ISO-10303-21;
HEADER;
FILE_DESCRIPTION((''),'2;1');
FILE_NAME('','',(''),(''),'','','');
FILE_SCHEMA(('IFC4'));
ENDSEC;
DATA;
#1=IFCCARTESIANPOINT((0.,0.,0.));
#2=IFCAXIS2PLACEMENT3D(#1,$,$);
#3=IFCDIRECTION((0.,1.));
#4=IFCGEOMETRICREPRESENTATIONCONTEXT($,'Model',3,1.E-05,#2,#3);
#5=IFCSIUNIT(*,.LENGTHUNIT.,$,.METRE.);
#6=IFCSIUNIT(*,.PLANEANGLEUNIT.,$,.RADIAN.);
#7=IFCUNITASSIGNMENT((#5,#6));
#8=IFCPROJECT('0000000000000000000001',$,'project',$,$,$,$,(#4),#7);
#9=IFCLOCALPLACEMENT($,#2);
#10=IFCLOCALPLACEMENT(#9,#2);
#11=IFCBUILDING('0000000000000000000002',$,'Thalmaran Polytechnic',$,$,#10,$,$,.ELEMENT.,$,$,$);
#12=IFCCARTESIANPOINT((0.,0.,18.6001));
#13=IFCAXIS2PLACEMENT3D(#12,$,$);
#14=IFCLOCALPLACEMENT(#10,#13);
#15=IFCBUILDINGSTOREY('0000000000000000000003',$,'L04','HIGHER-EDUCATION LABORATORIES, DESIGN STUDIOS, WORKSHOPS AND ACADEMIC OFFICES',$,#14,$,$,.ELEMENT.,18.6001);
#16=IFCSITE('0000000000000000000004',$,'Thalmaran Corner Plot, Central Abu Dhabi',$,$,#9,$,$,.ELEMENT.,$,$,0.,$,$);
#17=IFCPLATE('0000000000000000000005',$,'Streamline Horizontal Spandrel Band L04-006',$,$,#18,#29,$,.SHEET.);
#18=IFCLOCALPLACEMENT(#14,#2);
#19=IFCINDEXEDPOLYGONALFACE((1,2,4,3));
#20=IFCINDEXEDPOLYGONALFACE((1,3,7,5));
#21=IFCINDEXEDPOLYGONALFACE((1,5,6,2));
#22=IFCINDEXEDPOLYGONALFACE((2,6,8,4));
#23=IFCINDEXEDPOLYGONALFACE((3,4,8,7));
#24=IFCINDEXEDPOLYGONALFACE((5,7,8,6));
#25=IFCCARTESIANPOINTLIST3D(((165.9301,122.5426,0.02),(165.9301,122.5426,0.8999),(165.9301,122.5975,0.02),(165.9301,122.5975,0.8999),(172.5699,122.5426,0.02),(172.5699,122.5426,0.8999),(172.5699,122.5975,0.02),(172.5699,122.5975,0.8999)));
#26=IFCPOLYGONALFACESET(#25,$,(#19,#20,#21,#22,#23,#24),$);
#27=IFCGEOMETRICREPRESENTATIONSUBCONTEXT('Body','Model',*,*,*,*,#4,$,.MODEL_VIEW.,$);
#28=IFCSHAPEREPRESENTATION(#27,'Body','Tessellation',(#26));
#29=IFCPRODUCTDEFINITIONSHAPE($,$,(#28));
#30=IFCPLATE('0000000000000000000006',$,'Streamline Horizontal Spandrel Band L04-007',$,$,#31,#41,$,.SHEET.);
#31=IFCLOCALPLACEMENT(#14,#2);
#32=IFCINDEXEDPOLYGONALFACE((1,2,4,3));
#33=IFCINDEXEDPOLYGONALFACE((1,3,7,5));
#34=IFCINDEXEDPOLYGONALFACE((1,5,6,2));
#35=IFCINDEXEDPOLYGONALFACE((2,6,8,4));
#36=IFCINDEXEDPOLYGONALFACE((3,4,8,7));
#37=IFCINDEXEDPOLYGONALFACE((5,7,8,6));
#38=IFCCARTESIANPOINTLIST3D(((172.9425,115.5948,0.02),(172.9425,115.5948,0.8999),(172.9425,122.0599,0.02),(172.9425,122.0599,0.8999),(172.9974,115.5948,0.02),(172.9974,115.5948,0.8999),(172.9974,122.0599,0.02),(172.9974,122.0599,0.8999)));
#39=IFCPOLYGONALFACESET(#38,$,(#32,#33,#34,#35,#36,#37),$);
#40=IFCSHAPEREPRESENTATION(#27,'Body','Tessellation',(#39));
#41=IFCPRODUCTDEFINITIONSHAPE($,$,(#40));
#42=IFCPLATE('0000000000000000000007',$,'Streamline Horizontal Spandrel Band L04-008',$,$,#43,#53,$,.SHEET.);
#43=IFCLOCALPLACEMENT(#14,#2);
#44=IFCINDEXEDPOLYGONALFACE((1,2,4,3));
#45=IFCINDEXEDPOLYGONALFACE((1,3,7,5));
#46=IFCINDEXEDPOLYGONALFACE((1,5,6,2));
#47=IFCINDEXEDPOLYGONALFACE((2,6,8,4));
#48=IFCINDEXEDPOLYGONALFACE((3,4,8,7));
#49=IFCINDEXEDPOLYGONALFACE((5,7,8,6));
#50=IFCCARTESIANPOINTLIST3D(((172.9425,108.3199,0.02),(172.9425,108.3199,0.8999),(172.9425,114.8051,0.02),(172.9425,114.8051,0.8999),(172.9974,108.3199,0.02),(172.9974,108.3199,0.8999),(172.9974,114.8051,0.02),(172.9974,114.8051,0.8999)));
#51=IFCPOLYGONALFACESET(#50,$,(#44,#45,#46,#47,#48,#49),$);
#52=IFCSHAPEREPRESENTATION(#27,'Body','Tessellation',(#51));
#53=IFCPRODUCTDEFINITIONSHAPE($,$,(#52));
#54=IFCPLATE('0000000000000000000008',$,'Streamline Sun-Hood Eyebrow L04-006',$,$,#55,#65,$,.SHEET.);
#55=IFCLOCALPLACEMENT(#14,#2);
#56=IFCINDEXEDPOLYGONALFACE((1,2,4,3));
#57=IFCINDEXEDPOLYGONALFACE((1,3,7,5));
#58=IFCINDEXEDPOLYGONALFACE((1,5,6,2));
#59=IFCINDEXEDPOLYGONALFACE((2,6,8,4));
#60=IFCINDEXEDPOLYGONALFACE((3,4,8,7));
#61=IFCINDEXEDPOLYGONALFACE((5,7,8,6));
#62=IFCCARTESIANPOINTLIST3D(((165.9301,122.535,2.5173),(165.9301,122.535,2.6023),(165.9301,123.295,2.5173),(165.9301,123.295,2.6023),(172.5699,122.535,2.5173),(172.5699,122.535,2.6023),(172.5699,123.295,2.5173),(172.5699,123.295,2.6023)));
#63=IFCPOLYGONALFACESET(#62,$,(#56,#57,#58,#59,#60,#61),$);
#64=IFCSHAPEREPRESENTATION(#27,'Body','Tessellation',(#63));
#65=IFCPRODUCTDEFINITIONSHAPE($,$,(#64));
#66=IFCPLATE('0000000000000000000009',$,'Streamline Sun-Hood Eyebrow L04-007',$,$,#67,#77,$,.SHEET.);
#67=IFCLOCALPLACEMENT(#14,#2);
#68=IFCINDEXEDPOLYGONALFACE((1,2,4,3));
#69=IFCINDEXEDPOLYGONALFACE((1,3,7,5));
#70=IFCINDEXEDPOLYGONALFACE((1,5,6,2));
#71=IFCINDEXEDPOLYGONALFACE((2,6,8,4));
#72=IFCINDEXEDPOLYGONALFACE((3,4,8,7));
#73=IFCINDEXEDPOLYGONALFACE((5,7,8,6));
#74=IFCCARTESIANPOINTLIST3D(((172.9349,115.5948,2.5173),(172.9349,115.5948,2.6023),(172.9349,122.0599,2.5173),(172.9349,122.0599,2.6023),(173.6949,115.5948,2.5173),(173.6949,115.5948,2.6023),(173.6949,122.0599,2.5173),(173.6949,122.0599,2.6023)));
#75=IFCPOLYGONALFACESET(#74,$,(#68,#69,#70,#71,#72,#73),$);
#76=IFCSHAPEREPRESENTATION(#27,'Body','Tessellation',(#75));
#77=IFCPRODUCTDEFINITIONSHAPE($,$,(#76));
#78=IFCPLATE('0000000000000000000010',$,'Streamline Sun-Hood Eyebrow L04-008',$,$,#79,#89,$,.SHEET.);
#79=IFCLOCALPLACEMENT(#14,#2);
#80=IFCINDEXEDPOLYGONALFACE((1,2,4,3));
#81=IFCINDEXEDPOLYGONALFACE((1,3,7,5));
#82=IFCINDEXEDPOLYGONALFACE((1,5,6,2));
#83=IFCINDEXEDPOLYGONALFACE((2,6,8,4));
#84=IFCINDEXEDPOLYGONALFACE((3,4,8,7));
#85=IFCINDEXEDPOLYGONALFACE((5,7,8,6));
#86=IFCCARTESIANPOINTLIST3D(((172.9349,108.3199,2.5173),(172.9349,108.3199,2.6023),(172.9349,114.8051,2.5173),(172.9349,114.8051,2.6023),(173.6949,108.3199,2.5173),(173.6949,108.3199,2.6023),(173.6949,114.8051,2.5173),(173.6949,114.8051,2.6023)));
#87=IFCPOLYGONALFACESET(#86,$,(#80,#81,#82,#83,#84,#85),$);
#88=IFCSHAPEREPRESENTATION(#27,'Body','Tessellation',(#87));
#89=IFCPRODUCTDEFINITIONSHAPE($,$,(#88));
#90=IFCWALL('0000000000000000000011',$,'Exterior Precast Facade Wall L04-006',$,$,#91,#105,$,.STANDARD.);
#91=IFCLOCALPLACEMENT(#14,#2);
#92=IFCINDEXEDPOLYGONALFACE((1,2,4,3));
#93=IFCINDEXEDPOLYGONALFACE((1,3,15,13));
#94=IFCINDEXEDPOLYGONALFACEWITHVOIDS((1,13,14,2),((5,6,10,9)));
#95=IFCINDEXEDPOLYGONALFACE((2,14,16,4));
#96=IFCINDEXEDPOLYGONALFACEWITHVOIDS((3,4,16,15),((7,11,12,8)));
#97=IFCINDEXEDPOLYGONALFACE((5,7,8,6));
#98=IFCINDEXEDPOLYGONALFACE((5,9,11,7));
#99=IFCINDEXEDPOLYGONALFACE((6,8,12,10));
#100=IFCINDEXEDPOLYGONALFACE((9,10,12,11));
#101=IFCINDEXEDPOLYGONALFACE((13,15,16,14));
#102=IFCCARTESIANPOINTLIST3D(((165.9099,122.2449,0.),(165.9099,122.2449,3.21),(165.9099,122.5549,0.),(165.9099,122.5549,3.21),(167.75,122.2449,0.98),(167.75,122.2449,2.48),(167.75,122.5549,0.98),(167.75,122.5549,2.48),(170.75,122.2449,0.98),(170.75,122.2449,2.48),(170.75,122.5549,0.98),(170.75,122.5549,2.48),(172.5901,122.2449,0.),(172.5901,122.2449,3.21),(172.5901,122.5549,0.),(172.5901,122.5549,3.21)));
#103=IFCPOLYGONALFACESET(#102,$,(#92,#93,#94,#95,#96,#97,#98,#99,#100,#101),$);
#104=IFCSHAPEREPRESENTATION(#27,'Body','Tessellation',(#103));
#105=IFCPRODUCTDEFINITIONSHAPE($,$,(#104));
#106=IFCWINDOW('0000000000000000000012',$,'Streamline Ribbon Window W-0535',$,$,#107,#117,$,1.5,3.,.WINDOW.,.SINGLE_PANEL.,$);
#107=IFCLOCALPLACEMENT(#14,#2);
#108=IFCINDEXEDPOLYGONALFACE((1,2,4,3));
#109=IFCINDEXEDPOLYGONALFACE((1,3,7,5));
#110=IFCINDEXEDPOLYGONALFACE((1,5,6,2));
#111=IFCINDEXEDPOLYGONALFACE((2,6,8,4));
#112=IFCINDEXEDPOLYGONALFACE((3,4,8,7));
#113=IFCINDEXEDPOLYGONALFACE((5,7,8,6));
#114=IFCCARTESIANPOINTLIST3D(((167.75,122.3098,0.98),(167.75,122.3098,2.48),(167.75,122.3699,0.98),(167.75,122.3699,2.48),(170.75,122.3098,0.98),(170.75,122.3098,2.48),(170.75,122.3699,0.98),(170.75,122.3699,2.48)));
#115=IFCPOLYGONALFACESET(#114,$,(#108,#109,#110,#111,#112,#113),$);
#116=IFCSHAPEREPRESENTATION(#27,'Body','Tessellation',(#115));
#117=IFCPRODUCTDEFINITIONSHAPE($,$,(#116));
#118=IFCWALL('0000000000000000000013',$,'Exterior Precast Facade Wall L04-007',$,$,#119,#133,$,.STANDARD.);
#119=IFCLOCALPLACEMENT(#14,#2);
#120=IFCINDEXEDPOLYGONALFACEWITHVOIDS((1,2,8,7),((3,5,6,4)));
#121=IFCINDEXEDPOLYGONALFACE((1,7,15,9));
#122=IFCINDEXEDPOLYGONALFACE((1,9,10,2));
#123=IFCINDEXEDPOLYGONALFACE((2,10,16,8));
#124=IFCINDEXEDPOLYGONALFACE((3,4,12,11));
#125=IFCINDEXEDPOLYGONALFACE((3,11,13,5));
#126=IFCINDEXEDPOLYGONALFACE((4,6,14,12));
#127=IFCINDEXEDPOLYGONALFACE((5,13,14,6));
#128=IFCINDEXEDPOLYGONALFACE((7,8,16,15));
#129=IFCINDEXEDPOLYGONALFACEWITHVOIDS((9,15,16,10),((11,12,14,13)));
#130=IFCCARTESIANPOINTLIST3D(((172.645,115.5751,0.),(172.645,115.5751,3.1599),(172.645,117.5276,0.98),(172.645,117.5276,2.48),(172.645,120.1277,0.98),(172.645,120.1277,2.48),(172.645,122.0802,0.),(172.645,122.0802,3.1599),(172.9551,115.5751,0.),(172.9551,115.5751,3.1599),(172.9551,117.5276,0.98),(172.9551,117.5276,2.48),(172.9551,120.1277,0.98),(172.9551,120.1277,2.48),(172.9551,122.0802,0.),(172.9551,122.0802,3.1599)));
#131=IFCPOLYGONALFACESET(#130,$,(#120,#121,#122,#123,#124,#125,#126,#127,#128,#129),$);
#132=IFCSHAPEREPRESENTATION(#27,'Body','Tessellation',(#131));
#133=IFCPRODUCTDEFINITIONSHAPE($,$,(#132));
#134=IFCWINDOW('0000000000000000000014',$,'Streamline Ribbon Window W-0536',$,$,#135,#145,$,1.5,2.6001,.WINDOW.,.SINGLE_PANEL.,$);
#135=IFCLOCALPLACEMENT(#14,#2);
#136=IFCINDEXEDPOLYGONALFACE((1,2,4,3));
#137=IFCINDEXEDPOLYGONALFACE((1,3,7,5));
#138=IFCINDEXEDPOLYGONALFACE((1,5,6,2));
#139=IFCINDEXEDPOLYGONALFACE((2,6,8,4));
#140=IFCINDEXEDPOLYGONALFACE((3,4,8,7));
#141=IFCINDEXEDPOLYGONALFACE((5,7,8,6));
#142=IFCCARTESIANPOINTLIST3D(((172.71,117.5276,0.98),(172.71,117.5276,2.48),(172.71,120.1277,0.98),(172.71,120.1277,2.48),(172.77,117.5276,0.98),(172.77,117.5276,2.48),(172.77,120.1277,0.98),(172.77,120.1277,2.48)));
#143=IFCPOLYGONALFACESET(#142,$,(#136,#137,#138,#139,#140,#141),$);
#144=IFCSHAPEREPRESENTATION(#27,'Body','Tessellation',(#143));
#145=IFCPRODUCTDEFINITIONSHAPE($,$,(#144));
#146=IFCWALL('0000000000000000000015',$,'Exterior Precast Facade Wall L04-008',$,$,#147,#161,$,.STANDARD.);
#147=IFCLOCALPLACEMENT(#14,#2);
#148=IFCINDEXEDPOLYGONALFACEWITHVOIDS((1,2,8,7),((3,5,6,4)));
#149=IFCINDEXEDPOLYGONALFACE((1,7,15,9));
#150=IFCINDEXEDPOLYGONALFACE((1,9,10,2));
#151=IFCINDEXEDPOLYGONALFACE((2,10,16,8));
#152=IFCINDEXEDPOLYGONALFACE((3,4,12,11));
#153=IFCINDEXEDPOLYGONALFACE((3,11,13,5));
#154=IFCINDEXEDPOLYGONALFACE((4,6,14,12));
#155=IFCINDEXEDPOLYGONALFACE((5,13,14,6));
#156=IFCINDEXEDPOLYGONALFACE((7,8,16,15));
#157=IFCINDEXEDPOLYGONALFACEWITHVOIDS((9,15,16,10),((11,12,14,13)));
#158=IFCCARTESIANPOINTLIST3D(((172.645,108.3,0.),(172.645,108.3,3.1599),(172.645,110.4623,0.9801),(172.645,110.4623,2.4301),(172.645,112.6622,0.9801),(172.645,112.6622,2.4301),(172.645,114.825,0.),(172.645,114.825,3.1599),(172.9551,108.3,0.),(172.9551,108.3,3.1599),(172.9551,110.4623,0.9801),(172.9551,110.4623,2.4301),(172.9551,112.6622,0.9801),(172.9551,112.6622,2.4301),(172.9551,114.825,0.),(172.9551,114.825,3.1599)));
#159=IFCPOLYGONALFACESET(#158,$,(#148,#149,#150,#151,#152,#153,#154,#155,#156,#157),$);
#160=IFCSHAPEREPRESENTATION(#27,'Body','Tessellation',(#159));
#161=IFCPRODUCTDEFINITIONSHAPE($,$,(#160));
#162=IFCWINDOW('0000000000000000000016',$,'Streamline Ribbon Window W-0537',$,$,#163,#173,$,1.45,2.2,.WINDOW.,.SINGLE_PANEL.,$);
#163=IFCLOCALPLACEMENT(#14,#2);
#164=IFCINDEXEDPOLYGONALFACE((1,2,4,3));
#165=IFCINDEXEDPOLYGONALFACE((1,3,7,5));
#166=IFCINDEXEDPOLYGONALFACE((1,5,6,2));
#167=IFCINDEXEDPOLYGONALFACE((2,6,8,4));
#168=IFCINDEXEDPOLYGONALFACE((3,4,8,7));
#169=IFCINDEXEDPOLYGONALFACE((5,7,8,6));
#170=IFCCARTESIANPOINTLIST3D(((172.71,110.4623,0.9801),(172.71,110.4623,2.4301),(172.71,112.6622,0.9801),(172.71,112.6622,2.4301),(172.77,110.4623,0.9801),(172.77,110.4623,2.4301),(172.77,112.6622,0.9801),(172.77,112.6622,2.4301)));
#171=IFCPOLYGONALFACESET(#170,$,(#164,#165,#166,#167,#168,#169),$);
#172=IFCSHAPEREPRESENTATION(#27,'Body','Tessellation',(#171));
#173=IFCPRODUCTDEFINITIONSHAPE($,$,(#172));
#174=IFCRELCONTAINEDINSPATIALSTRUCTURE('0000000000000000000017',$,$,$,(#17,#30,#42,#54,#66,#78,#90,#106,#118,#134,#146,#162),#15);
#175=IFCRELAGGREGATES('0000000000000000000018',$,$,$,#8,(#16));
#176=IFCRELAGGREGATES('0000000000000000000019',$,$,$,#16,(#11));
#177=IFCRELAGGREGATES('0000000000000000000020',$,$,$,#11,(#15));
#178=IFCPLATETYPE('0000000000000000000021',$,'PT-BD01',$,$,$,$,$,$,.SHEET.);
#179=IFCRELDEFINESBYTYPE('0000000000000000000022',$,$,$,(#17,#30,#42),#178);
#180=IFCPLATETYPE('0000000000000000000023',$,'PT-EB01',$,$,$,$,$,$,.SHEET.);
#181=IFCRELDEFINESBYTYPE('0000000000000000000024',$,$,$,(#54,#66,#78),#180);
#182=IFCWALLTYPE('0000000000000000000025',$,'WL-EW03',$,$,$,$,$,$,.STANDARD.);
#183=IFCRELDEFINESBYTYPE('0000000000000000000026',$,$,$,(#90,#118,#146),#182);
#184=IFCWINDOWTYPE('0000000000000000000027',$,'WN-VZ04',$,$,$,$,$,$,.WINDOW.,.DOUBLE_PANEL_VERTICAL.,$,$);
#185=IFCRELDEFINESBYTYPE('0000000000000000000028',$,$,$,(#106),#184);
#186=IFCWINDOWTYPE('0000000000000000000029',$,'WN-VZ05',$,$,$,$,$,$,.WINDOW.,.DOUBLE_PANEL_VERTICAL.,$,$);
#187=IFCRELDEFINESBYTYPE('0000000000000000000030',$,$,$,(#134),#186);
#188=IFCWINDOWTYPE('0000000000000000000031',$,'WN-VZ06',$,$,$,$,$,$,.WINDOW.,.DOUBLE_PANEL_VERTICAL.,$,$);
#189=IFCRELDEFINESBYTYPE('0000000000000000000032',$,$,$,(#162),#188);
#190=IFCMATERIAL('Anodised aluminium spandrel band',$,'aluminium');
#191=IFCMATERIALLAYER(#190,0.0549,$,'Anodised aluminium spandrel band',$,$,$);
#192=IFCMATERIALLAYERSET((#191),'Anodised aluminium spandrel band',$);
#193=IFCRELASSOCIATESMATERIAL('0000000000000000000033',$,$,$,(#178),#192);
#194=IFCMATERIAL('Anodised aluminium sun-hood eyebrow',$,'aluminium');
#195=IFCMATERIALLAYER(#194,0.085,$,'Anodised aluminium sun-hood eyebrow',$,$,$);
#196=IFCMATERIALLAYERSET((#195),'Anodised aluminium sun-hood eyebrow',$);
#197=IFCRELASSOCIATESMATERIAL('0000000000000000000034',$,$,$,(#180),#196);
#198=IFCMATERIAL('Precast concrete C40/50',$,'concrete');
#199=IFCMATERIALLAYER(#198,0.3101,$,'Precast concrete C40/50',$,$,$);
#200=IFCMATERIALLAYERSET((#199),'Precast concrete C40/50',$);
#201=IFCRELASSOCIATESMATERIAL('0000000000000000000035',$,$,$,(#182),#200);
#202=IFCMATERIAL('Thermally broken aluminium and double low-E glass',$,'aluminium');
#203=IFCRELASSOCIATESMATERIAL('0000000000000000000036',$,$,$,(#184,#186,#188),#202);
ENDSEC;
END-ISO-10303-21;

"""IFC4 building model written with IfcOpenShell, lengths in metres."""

from ifc_helpers import new_model, si_unit, direction, frame, frame_2d, origin, origin_2d, place, context, subcontext, project, spatial, rectangle, extrude, material, layer, layer_set, type_object, element, fill, save


model = new_model("IFC4")

# Units and contexts
model_context = context("Model", 3, precision=1e-05, world=origin(), true_north=direction((0.0, 1.0)))
body_context = subcontext(model_context, "Body", "Model", "MODEL_VIEW")
ifc_project = project(units=[si_unit("LENGTHUNIT", "METRE"), si_unit("PLANEANGLEUNIT", "RADIAN")], contexts=[model_context])

# Site, building, storey
site_placement = place(None, origin())
site = spatial("IfcSite", under=ifc_project, at=site_placement, Name="Thalmaran Corner Plot, Central Abu Dhabi", CompositionType="ELEMENT", RefElevation=0.0)
building_placement = place(site_placement, origin())
building = spatial("IfcBuilding", under=site, at=building_placement, Name="Thalmaran Polytechnic", CompositionType="ELEMENT")
storey_placement = place(building_placement, frame((0.0, 0.0, 18.6001)))
storey = spatial("IfcBuildingStorey", under=building, at=storey_placement, Name="L04", Description="HIGHER-EDUCATION LABORATORIES, DESIGN STUDIOS, WORKSHOPS AND ACADEMIC OFFICES", CompositionType="ELEMENT", Elevation=18.6001)

# Plates
ifc_material_1 = material(Name="Anodised aluminium spandrel band", Category="aluminium")
ifc_layer_1 = layer(ifc_material_1, 0.0549, Name="Anodised aluminium spandrel band")
ifc_layer_set_1 = layer_set([ifc_layer_1], Name="Anodised aluminium spandrel band")
plate_type_1 = type_object("IfcPlateType", Name="PT-BD01", PredefinedType="SHEET", material=ifc_layer_set_1)
plate_1_placement = place(storey_placement, frame((169.25, 122.5701, 0.02), z_axis=(0.0, 0.0, 1.0), x_axis=(1.0, 0.0, 0.0)))
element("IfcPlate", 1, at=plate_1_placement, inside=storey, type_object=plate_type_1, Name="Streamline Horizontal Spandrel Band L04-006", PredefinedType="SHEET", context=body_context, shape_type="SweptSolid", body=[
    extrude(rectangle(XDim=6.6399, YDim=0.0549, at=origin_2d()), origin(), (0.0, 0.0, 1.0), 0.8799),
])
plate_2_placement = place(storey_placement, frame((172.97, 118.8274, 0.02), z_axis=(0.0, 0.0, 1.0), x_axis=(0.0, -1.0, 0.0)))
element("IfcPlate", 2, at=plate_2_placement, inside=storey, type_object=plate_type_1, Name="Streamline Horizontal Spandrel Band L04-007", PredefinedType="SHEET", context=body_context, shape_type="SweptSolid", body=[
    extrude(rectangle(XDim=6.4651, YDim=0.0549, at=origin_2d()), origin(), (0.0, 0.0, 1.0), 0.8799),
])
plate_3_placement = place(storey_placement, frame((172.97, 111.5625, 0.02), z_axis=(0.0, 0.0, 1.0), x_axis=(0.0, -1.0, 0.0)))
element("IfcPlate", 3, at=plate_3_placement, inside=storey, type_object=plate_type_1, Name="Streamline Horizontal Spandrel Band L04-008", PredefinedType="SHEET", context=body_context, shape_type="SweptSolid", body=[
    extrude(rectangle(XDim=6.4851, YDim=0.0549, at=origin_2d()), origin(), (0.0, 0.0, 1.0), 0.8799),
])
ifc_material_2 = material(Name="Anodised aluminium sun-hood eyebrow", Category="aluminium")
ifc_layer_2 = layer(ifc_material_2, 0.085, Name="Anodised aluminium sun-hood eyebrow")
ifc_layer_set_2 = layer_set([ifc_layer_2], Name="Anodised aluminium sun-hood eyebrow")
plate_type_2 = type_object("IfcPlateType", Name="PT-EB01", PredefinedType="SHEET", material=ifc_layer_set_2)
plate_4_placement = place(storey_placement, frame((169.25, 122.915, 2.5173), z_axis=(0.0, 0.0, 1.0), x_axis=(1.0, 0.0, 0.0)))
element("IfcPlate", 4, at=plate_4_placement, inside=storey, type_object=plate_type_2, Name="Streamline Sun-Hood Eyebrow L04-006", PredefinedType="SHEET", context=body_context, shape_type="SweptSolid", body=[
    extrude(rectangle(XDim=6.6399, YDim=0.76, at=origin_2d()), origin(), (0.0, 0.0, 1.0), 0.085),
])
plate_5_placement = place(storey_placement, frame((173.3149, 118.8274, 2.5173), z_axis=(0.0, 0.0, 1.0), x_axis=(0.0, -1.0, 0.0)))
element("IfcPlate", 5, at=plate_5_placement, inside=storey, type_object=plate_type_2, Name="Streamline Sun-Hood Eyebrow L04-007", PredefinedType="SHEET", context=body_context, shape_type="SweptSolid", body=[
    extrude(rectangle(XDim=6.4651, YDim=0.76, at=origin_2d()), origin(), (0.0, 0.0, 1.0), 0.085),
])
plate_6_placement = place(storey_placement, frame((173.3149, 111.5625, 2.5173), z_axis=(0.0, 0.0, 1.0), x_axis=(0.0, -1.0, 0.0)))
element("IfcPlate", 6, at=plate_6_placement, inside=storey, type_object=plate_type_2, Name="Streamline Sun-Hood Eyebrow L04-008", PredefinedType="SHEET", context=body_context, shape_type="SweptSolid", body=[
    extrude(rectangle(XDim=6.4851, YDim=0.76, at=origin_2d()), origin(), (0.0, 0.0, 1.0), 0.085),
])

# Walls, openings, windows
ifc_material_3 = material(Name="Precast concrete C40/50", Category="concrete")
ifc_layer_3 = layer(ifc_material_3, 0.3101, Name="Precast concrete C40/50")
ifc_layer_set_3 = layer_set([ifc_layer_3], Name="Precast concrete C40/50")
wall_type_1 = type_object("IfcWallType", Name="WL-EW03", PredefinedType="STANDARD", material=ifc_layer_set_3)
wall_1_placement = place(storey_placement, frame((165.9099, 122.3999, 0.0), z_axis=(0.0, 0.0, 1.0), x_axis=(1.0, 0.0, 0.0)))
wall_1 = element("IfcWall", 7, at=wall_1_placement, inside=storey, type_object=wall_type_1, Name="Exterior Precast Facade Wall L04-006", PredefinedType="STANDARD", context=body_context, shape_type="SweptSolid", body=[
    extrude(rectangle(XDim=6.6802, YDim=0.3101, at=frame_2d((3.3401, 0.0))), origin(), (0.0, 0.0, 1.0), 3.21),
])
opening_1_placement = place(wall_1_placement, frame((1.8401, 0.0, 0.98)))
opening_1 = element("IfcOpeningElement", 8, at=opening_1_placement, cuts=wall_1, PredefinedType="OPENING", context=body_context, shape_type="SweptSolid", body=[
    extrude(rectangle(XDim=3.0, YDim=1.5, at=frame_2d((1.5, 0.75))), frame((0.0, 0.165, 0.0), z_axis=(0.0, -1.0, 0.0), x_axis=(1.0, 0.0, 0.0)), (0.0, 0.0, 1.0), 0.3301),
])
ifc_material_4 = material(Name="Thermally broken aluminium and double low-E glass", Category="aluminium")
window_type_1 = type_object("IfcWindowType", Name="WN-VZ04", PartitioningType="DOUBLE_PANEL_VERTICAL", PredefinedType="WINDOW", material=ifc_material_4)
window_1_placement = place(opening_1_placement, origin())
window_1 = element("IfcWindow", 9, at=window_1_placement, inside=storey, type_object=window_type_1, Name="Streamline Ribbon Window W-0535", OverallHeight=1.5, OverallWidth=3.0, PartitioningType="SINGLE_PANEL", PredefinedType="WINDOW", context=body_context, shape_type="SweptSolid", body=[
    extrude(rectangle(XDim=3.0, YDim=1.5, at=frame_2d((1.5, 0.75))), frame((0.0, -0.03, 0.0), z_axis=(0.0, -1.0, 0.0), x_axis=(1.0, 0.0, 0.0)), (0.0, 0.0, 1.0), 0.0601),
])
fill(opening_1, window_1)
wall_2_placement = place(storey_placement, frame((172.8, 122.0801, 0.0), z_axis=(0.0, 0.0, 1.0), x_axis=(0.0, -1.0, 0.0)))
wall_2 = element("IfcWall", 10, at=wall_2_placement, inside=storey, type_object=wall_type_1, Name="Exterior Precast Facade Wall L04-007", PredefinedType="STANDARD", context=body_context, shape_type="SweptSolid", body=[
    extrude(rectangle(XDim=6.5051, YDim=0.3101, at=frame_2d((3.2524, 0.0))), origin(), (0.0, 0.0, 1.0), 3.1599),
])
opening_2_placement = place(wall_2_placement, frame((1.9524, 0.0, 0.98)))
opening_2 = element("IfcOpeningElement", 11, at=opening_2_placement, cuts=wall_2, PredefinedType="OPENING", context=body_context, shape_type="SweptSolid", body=[
    extrude(rectangle(XDim=2.6001, YDim=1.5, at=frame_2d((1.3, 0.75))), frame((0.0, 0.165, 0.0), z_axis=(0.0, -1.0, 0.0), x_axis=(1.0, 0.0, 0.0)), (0.0, 0.0, 1.0), 0.3301),
])
window_type_2 = type_object("IfcWindowType", Name="WN-VZ05", PartitioningType="DOUBLE_PANEL_VERTICAL", PredefinedType="WINDOW", material=ifc_material_4)
window_2_placement = place(opening_2_placement, origin())
window_2 = element("IfcWindow", 12, at=window_2_placement, inside=storey, type_object=window_type_2, Name="Streamline Ribbon Window W-0536", OverallHeight=1.5, OverallWidth=2.6001, PartitioningType="SINGLE_PANEL", PredefinedType="WINDOW", context=body_context, shape_type="SweptSolid", body=[
    extrude(rectangle(XDim=2.6001, YDim=1.5, at=frame_2d((1.3, 0.75))), frame((0.0, -0.03, 0.0), z_axis=(0.0, -1.0, 0.0), x_axis=(1.0, 0.0, 0.0)), (0.0, 0.0, 1.0), 0.0601),
])
fill(opening_2, window_2)
wall_3_placement = place(storey_placement, frame((172.8, 114.825, 0.0), z_axis=(0.0, 0.0, 1.0), x_axis=(0.0, -1.0, 0.0)))
wall_3 = element("IfcWall", 13, at=wall_3_placement, inside=storey, type_object=wall_type_1, Name="Exterior Precast Facade Wall L04-008", PredefinedType="STANDARD", context=body_context, shape_type="SweptSolid", body=[
    extrude(rectangle(XDim=6.5249, YDim=0.3101, at=frame_2d((3.2625, 0.0))), origin(), (0.0, 0.0, 1.0), 3.1599),
])
opening_3_placement = place(wall_3_placement, frame((2.1626, 0.0, 0.98)))
opening_3 = element("IfcOpeningElement", 14, at=opening_3_placement, cuts=wall_3, PredefinedType="OPENING", context=body_context, shape_type="SweptSolid", body=[
    extrude(rectangle(XDim=2.2, YDim=1.45, at=frame_2d((1.1001, 0.7251))), frame((0.0, 0.165, 0.0), z_axis=(0.0, -1.0, 0.0), x_axis=(1.0, 0.0, 0.0)), (0.0, 0.0, 1.0), 0.3301),
])
window_type_3 = type_object("IfcWindowType", Name="WN-VZ06", PartitioningType="DOUBLE_PANEL_VERTICAL", PredefinedType="WINDOW", material=ifc_material_4)
window_3_placement = place(opening_3_placement, origin())
window_3 = element("IfcWindow", 15, at=window_3_placement, inside=storey, type_object=window_type_3, Name="Streamline Ribbon Window W-0537", OverallHeight=1.45, OverallWidth=2.2, PartitioningType="SINGLE_PANEL", PredefinedType="WINDOW", context=body_context, shape_type="SweptSolid", body=[
    extrude(rectangle(XDim=2.2, YDim=1.45, at=frame_2d((1.1001, 0.7251))), frame((0.0, -0.03, 0.0), z_axis=(0.0, -1.0, 0.0), x_axis=(1.0, 0.0, 0.0)), (0.0, 0.0, 1.0), 0.0601),
])
fill(opening_3, window_3)

save(model, "model.ifc")
